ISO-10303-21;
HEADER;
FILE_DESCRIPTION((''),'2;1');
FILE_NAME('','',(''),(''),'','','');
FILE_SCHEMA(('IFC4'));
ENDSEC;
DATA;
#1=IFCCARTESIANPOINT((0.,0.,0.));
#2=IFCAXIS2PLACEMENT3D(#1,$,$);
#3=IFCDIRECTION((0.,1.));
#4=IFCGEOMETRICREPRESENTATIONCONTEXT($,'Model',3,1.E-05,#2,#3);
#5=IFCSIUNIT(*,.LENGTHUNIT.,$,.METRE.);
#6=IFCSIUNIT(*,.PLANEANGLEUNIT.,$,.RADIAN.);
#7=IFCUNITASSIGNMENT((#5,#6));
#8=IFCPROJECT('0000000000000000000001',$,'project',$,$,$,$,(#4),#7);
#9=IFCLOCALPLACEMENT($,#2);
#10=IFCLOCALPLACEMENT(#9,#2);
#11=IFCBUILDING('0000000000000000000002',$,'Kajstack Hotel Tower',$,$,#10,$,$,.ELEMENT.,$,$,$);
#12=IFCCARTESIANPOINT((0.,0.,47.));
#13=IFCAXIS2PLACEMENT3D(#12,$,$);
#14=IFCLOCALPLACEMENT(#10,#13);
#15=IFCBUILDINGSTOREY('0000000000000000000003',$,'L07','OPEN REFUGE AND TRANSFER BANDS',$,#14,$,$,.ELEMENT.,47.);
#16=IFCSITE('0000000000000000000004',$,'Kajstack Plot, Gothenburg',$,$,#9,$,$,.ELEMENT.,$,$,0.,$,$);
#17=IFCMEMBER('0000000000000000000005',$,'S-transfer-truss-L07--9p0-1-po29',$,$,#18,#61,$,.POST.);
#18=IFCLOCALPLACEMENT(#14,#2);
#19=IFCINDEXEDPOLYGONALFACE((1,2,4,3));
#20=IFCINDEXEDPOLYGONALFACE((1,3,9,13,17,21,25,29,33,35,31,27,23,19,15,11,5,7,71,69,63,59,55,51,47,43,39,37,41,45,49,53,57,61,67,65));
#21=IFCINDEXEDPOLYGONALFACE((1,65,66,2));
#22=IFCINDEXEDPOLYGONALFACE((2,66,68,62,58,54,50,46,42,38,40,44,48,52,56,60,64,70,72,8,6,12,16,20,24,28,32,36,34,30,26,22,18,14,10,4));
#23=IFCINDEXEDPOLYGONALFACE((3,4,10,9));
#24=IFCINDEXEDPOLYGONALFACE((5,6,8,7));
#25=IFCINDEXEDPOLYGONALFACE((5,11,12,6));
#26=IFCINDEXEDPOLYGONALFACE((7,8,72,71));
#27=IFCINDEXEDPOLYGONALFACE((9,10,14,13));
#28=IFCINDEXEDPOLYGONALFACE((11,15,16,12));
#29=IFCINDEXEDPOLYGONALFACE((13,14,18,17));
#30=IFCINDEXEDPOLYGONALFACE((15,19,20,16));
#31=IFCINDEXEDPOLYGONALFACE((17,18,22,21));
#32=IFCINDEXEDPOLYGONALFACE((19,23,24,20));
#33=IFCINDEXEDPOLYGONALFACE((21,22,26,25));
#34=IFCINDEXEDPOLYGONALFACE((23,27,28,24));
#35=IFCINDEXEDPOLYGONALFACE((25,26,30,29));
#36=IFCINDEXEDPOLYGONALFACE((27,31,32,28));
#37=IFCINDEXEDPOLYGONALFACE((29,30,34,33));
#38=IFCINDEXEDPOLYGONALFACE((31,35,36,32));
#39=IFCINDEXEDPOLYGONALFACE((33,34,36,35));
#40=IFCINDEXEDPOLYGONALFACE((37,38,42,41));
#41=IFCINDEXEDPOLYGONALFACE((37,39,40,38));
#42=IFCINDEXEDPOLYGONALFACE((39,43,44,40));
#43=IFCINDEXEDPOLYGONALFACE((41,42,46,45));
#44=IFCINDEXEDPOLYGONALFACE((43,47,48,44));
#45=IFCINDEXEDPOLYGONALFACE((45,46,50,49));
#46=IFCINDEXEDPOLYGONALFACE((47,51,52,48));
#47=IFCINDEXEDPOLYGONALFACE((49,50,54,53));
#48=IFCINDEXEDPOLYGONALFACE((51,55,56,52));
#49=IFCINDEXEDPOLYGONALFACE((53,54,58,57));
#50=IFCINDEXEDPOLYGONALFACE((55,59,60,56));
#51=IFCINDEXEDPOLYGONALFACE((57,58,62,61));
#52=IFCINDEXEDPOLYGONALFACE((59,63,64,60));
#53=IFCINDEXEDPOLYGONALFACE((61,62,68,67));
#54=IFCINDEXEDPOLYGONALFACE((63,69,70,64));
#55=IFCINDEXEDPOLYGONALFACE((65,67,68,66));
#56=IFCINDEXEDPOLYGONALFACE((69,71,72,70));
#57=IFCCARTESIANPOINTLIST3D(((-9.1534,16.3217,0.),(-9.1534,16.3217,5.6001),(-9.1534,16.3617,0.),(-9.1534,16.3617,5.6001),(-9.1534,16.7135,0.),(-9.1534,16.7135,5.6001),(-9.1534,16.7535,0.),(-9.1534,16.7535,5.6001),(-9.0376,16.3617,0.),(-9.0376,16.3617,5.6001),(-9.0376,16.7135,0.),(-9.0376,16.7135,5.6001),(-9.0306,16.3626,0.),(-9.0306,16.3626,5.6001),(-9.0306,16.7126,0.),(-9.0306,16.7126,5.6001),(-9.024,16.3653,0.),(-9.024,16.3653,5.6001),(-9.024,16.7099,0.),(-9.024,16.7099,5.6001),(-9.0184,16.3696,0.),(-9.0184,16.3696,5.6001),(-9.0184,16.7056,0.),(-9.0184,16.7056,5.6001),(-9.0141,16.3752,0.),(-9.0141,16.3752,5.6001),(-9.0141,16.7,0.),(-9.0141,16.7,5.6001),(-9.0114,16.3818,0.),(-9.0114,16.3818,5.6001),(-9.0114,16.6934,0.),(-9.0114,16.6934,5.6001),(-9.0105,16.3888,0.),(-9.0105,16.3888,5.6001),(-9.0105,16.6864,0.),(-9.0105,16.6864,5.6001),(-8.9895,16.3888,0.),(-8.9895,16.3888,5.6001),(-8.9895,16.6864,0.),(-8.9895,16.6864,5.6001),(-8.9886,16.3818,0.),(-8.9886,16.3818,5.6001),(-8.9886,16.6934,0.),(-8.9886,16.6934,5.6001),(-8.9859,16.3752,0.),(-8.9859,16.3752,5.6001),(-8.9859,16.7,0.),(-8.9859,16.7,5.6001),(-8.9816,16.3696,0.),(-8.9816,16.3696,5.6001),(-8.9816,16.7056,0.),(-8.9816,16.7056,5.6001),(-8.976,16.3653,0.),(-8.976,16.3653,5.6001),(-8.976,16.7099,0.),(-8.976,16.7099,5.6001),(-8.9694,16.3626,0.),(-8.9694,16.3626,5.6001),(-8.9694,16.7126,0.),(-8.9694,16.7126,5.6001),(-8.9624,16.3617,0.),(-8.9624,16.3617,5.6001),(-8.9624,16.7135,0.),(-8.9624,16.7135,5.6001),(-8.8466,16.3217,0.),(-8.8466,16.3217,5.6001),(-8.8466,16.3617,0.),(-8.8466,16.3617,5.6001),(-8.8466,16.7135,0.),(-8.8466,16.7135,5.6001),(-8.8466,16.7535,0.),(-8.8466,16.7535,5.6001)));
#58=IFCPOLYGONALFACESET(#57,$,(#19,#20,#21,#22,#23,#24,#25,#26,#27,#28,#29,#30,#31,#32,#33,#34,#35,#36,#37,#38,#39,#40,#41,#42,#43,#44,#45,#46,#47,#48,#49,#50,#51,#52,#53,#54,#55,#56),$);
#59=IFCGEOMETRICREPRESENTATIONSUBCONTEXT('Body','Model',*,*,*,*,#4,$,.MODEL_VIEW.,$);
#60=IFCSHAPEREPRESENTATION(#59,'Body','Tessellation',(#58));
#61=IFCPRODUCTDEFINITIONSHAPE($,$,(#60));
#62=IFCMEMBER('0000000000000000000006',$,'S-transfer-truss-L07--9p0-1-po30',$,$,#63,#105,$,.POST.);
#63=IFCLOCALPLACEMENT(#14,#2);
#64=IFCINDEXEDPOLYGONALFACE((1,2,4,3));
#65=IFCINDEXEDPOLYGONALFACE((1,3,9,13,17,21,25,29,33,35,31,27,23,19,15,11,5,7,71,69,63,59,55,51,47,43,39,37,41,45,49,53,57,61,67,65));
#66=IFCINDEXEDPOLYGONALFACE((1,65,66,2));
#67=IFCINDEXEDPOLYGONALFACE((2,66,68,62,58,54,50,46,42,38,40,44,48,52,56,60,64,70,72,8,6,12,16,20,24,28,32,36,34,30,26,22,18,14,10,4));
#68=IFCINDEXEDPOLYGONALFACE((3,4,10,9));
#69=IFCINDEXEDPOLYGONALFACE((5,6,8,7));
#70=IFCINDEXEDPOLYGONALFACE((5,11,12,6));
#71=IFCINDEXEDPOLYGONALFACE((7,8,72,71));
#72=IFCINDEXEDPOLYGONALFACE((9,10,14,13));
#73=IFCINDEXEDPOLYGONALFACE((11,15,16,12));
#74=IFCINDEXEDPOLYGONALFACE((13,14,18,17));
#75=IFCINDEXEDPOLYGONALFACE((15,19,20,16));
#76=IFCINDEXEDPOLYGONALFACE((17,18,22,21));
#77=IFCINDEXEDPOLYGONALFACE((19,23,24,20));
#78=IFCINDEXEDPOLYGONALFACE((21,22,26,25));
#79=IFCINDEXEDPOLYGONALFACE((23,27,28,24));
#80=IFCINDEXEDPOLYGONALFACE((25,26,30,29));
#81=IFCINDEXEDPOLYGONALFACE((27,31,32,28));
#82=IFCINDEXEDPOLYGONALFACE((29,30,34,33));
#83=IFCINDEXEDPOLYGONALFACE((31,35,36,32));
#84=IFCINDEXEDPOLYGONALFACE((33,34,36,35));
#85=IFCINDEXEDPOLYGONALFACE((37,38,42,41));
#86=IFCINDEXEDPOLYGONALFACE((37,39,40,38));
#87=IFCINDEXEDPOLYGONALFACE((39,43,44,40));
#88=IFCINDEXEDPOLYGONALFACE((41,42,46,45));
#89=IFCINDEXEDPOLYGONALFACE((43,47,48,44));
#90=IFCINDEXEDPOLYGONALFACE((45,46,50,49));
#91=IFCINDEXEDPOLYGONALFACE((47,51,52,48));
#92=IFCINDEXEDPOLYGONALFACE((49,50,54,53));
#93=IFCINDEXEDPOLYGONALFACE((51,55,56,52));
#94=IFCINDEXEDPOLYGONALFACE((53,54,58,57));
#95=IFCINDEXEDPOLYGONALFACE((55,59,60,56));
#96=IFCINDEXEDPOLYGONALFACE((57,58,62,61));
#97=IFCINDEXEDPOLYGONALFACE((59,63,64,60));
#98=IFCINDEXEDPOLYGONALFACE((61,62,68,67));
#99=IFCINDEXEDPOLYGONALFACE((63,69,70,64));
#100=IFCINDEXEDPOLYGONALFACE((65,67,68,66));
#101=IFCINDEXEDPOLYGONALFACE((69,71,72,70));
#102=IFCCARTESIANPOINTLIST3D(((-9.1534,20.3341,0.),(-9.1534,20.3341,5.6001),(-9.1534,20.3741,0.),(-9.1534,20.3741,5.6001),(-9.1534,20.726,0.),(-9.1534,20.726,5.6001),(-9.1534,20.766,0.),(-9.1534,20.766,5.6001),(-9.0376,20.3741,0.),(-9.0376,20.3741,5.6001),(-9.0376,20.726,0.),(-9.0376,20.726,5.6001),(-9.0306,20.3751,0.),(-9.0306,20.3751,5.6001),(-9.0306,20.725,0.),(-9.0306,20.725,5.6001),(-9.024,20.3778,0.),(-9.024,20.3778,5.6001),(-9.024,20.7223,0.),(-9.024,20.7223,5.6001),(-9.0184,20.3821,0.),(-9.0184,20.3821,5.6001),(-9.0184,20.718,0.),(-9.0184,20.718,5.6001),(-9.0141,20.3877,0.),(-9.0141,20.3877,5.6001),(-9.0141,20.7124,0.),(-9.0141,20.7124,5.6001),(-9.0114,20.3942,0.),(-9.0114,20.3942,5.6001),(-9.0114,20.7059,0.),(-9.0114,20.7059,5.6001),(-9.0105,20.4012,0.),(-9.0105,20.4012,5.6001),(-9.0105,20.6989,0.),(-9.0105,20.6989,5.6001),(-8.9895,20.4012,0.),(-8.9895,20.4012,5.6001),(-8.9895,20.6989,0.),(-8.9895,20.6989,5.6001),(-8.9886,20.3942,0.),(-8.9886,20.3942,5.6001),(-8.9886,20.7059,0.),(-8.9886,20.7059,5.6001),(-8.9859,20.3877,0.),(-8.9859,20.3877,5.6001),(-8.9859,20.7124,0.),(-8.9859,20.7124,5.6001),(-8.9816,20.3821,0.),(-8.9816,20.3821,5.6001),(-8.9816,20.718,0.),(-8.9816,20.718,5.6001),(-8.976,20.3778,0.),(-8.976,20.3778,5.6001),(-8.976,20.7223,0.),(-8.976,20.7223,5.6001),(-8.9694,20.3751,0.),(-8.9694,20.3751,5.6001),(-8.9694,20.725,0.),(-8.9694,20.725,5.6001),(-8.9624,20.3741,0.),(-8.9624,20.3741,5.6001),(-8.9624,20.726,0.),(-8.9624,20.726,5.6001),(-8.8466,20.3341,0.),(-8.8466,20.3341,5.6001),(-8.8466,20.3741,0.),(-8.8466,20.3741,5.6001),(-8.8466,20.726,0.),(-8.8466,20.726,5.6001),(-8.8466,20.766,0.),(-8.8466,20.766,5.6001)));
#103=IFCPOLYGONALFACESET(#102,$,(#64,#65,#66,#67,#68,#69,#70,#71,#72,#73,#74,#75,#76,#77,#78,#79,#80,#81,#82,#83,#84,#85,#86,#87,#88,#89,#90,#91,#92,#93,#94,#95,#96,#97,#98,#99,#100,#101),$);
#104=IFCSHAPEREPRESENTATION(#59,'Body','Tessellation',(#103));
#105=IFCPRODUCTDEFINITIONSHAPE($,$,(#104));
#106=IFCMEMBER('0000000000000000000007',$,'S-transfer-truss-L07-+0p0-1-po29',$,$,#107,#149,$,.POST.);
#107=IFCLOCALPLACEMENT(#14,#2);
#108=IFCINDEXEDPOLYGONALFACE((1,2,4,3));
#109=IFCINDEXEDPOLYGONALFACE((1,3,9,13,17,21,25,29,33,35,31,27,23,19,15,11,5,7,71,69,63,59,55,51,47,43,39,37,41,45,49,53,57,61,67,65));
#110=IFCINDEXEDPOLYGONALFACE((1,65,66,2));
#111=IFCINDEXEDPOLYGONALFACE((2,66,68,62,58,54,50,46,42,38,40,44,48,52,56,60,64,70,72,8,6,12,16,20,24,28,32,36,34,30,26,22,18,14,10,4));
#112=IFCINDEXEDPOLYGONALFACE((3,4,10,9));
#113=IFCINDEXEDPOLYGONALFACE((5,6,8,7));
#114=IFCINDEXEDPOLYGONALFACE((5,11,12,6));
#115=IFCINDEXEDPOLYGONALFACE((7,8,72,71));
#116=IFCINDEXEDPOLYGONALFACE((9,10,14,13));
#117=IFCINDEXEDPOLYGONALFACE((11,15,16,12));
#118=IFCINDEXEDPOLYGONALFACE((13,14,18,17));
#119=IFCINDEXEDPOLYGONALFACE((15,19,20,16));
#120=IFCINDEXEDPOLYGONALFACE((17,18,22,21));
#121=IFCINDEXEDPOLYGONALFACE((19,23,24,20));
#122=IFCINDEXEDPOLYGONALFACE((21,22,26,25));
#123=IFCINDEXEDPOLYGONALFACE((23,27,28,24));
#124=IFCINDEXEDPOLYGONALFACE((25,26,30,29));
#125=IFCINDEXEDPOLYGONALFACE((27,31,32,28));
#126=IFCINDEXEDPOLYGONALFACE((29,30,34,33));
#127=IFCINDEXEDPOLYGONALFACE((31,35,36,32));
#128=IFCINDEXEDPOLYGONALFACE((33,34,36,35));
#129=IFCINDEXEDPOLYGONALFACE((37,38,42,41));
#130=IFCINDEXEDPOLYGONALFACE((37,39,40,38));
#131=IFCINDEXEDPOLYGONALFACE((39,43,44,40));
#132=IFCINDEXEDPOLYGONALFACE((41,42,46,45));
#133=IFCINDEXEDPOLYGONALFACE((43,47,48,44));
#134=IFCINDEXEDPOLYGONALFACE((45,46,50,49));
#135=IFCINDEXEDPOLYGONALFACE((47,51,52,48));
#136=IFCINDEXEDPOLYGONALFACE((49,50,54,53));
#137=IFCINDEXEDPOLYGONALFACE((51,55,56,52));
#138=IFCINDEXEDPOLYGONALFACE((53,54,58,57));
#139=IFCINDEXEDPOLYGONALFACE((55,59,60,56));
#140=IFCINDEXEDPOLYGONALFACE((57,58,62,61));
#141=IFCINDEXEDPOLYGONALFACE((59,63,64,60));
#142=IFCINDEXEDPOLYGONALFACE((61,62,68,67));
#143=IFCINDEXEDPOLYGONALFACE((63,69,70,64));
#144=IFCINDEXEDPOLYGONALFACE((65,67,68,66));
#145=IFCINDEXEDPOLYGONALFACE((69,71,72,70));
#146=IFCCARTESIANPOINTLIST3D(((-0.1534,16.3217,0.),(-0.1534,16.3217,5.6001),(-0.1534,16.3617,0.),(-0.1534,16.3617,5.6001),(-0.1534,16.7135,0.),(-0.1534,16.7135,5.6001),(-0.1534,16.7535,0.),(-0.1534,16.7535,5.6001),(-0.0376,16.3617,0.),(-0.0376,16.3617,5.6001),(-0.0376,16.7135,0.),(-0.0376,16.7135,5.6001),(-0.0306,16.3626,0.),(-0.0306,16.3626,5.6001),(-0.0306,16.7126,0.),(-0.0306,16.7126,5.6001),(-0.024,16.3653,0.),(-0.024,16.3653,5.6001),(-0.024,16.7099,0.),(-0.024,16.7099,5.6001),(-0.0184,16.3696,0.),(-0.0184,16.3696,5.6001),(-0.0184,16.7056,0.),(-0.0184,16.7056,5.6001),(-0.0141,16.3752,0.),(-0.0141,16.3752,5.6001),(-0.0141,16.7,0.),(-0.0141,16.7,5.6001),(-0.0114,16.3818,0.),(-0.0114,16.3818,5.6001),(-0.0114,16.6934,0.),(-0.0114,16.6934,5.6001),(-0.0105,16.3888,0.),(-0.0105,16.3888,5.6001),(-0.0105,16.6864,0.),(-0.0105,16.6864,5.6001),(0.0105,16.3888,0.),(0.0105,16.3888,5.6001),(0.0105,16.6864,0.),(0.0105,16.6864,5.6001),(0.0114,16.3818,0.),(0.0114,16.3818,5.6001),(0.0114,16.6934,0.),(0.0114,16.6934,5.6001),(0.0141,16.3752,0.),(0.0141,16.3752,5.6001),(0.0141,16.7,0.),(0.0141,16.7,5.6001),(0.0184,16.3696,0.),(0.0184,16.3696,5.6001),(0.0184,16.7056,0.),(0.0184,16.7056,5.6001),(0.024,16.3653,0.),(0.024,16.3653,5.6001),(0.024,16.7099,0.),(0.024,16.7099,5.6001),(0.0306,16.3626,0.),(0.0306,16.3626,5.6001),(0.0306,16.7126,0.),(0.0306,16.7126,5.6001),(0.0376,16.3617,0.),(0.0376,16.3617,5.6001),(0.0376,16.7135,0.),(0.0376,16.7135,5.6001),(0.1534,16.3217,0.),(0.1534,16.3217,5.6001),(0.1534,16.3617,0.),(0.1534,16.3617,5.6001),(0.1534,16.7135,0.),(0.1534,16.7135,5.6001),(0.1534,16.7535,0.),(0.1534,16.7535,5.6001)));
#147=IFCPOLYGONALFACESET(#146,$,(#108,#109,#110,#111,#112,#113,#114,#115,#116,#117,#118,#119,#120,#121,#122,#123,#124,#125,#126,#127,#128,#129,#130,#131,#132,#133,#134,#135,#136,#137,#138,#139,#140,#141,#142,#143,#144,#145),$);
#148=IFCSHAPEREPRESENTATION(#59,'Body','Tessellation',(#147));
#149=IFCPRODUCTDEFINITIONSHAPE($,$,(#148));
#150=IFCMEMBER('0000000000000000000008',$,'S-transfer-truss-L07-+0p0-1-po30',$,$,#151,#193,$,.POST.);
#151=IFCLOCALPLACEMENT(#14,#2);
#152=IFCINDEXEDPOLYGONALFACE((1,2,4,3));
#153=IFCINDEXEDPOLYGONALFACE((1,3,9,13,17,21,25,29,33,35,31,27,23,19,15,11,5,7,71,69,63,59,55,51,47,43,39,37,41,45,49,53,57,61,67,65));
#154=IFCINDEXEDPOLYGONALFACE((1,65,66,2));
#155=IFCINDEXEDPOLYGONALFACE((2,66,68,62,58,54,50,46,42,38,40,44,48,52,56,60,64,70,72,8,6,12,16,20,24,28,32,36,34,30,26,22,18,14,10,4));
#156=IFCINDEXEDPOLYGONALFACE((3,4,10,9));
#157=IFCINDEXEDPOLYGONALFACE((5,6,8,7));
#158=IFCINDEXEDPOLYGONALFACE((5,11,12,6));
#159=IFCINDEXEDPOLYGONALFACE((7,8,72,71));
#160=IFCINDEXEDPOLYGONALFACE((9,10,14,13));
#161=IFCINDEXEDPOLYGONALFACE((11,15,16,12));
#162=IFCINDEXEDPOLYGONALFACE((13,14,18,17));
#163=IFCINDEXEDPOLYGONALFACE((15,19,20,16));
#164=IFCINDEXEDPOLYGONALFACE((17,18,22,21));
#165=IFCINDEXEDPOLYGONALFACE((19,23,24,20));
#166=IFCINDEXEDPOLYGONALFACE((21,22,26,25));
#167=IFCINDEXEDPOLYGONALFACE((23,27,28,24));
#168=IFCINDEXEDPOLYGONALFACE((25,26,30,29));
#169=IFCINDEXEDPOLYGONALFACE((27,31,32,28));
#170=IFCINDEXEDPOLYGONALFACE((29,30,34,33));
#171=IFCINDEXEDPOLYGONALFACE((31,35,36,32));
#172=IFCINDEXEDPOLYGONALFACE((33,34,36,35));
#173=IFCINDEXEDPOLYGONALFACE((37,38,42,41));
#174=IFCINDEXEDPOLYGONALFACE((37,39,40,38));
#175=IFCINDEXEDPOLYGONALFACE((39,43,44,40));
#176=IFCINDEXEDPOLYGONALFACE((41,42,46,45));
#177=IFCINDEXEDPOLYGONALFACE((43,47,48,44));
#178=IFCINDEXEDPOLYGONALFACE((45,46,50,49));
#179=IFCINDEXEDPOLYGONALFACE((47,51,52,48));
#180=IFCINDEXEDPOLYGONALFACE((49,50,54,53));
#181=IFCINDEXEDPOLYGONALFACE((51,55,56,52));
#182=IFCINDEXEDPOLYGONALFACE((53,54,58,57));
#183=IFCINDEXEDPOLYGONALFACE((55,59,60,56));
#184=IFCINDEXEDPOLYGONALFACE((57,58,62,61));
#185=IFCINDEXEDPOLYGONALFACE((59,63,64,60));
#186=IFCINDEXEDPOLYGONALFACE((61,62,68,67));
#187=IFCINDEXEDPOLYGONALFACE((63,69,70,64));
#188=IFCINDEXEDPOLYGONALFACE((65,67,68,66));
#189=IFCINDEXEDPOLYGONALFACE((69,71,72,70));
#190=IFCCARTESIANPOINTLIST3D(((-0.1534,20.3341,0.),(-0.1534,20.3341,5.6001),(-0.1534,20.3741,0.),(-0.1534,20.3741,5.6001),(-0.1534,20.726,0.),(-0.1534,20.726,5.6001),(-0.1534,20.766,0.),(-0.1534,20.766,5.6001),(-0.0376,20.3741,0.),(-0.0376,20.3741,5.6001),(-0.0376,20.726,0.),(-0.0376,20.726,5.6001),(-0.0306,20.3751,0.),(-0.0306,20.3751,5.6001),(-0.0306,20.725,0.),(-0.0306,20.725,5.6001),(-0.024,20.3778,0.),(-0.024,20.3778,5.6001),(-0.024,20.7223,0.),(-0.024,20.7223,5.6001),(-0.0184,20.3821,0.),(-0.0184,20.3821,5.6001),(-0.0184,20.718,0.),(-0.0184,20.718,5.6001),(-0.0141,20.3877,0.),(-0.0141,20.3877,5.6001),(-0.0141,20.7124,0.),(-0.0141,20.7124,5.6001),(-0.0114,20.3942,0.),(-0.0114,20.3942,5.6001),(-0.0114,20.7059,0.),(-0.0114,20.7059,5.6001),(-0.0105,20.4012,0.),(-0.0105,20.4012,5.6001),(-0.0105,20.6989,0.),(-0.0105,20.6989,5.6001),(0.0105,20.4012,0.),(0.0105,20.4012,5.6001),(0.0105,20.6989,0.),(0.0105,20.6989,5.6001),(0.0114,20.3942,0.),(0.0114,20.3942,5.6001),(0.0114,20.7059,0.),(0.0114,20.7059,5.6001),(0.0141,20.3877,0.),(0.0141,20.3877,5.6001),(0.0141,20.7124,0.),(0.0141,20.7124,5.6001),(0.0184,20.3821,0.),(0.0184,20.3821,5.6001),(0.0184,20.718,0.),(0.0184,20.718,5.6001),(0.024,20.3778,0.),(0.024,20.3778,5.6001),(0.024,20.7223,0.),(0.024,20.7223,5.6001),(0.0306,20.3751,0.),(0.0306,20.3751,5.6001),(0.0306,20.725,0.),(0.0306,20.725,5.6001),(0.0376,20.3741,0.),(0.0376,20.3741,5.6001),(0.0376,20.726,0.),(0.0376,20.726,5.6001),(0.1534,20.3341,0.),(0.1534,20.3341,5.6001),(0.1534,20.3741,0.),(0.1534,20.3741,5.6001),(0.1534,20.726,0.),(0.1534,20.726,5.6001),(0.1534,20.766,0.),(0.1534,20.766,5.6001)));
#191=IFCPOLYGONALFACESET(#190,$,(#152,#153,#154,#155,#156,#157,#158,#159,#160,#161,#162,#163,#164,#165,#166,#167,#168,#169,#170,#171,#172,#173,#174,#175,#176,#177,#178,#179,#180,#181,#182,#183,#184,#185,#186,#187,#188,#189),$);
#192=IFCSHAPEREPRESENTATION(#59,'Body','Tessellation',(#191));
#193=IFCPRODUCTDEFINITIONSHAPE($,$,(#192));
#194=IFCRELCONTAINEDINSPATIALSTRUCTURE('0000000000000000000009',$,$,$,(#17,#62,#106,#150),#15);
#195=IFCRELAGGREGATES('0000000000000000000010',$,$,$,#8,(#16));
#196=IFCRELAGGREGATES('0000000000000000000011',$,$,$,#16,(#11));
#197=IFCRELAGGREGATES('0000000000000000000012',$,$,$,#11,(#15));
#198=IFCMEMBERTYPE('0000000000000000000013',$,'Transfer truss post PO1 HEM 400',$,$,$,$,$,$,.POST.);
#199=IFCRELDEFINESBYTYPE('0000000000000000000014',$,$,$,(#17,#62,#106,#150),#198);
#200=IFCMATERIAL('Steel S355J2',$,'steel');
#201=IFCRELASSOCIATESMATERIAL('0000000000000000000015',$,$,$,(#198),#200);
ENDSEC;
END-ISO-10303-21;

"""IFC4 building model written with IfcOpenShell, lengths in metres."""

from ifc_helpers import new_model, si_unit, direction, frame, origin, origin_2d, place, context, subcontext, project, spatial, i_section, extrude, material, material_profile, profile_set, type_object, element, save


model = new_model("IFC4")

# Units and contexts
model_context = context("Model", 3, precision=1e-05, world=origin(), true_north=direction((0.0, 1.0)))
body_context = subcontext(model_context, "Body", "Model", "MODEL_VIEW")
ifc_project = project(units=[si_unit("LENGTHUNIT", "METRE"), si_unit("PLANEANGLEUNIT", "RADIAN")], contexts=[model_context])

# Site, building, storey
site_placement = place(None, origin())
site = spatial("IfcSite", under=ifc_project, at=site_placement, Name="Kajstack Plot, Gothenburg", CompositionType="ELEMENT", RefElevation=0.0)
building_placement = place(site_placement, origin())
building = spatial("IfcBuilding", under=site, at=building_placement, Name="Kajstack Hotel Tower", CompositionType="ELEMENT")
storey_placement = place(building_placement, frame((0.0, 0.0, 47.0)))
storey = spatial("IfcBuildingStorey", under=building, at=storey_placement, Name="L07", Description="OPEN REFUGE AND TRANSFER BANDS", CompositionType="ELEMENT", Elevation=47.0)

# Members
ifc_material = material(Name="Steel S355J2", Category="steel")
ifc_material_profile_1 = material_profile(ifc_material, i_section(OverallWidth=0.3069, OverallDepth=0.4319, WebThickness=0.021, FlangeThickness=0.04, FilletRadius=0.0271, at=origin_2d()), Name="HEM 400")
ifc_profile_set_1 = profile_set([ifc_material_profile_1], Name="Steel S355J2")
member_type_1 = type_object("IfcMemberType", Name="Transfer truss post PO1 HEM 400", PredefinedType="POST", material=ifc_profile_set_1)
for number, where, z_axis, x_axis, name in (
    (1, (-9.0, 16.5376, 0.0), (0.0, 0.0, 1.0), (1.0, 0.0, 0.0), "S-transfer-truss-L07--9p0-1-po29"),
    (2, (-9.0, 20.55, 0.0), (0.0, 0.0, 1.0), (1.0, 0.0, 0.0), "S-transfer-truss-L07--9p0-1-po30"),
    (3, (0.0, 16.5376, 0.0), (0.0, 0.0, 1.0), (1.0, 0.0, 0.0), "S-transfer-truss-L07-+0p0-1-po29"),
    (4, (0.0, 20.55, 0.0), (0.0, 0.0, 1.0), (1.0, 0.0, 0.0), "S-transfer-truss-L07-+0p0-1-po30"),
):
    element("IfcMember", number, at=place(storey_placement, frame(where, z_axis=z_axis, x_axis=x_axis)), inside=storey, type_object=member_type_1, Name=name, PredefinedType="POST", context=body_context, shape_type="SweptSolid", body=[
        extrude(i_section(OverallWidth=0.3069, OverallDepth=0.4319, WebThickness=0.021, FlangeThickness=0.04, FilletRadius=0.0271, at=origin_2d()), origin(), (0.0, 0.0, 1.0), 5.6001),
    ])

save(model, "model.ifc")
